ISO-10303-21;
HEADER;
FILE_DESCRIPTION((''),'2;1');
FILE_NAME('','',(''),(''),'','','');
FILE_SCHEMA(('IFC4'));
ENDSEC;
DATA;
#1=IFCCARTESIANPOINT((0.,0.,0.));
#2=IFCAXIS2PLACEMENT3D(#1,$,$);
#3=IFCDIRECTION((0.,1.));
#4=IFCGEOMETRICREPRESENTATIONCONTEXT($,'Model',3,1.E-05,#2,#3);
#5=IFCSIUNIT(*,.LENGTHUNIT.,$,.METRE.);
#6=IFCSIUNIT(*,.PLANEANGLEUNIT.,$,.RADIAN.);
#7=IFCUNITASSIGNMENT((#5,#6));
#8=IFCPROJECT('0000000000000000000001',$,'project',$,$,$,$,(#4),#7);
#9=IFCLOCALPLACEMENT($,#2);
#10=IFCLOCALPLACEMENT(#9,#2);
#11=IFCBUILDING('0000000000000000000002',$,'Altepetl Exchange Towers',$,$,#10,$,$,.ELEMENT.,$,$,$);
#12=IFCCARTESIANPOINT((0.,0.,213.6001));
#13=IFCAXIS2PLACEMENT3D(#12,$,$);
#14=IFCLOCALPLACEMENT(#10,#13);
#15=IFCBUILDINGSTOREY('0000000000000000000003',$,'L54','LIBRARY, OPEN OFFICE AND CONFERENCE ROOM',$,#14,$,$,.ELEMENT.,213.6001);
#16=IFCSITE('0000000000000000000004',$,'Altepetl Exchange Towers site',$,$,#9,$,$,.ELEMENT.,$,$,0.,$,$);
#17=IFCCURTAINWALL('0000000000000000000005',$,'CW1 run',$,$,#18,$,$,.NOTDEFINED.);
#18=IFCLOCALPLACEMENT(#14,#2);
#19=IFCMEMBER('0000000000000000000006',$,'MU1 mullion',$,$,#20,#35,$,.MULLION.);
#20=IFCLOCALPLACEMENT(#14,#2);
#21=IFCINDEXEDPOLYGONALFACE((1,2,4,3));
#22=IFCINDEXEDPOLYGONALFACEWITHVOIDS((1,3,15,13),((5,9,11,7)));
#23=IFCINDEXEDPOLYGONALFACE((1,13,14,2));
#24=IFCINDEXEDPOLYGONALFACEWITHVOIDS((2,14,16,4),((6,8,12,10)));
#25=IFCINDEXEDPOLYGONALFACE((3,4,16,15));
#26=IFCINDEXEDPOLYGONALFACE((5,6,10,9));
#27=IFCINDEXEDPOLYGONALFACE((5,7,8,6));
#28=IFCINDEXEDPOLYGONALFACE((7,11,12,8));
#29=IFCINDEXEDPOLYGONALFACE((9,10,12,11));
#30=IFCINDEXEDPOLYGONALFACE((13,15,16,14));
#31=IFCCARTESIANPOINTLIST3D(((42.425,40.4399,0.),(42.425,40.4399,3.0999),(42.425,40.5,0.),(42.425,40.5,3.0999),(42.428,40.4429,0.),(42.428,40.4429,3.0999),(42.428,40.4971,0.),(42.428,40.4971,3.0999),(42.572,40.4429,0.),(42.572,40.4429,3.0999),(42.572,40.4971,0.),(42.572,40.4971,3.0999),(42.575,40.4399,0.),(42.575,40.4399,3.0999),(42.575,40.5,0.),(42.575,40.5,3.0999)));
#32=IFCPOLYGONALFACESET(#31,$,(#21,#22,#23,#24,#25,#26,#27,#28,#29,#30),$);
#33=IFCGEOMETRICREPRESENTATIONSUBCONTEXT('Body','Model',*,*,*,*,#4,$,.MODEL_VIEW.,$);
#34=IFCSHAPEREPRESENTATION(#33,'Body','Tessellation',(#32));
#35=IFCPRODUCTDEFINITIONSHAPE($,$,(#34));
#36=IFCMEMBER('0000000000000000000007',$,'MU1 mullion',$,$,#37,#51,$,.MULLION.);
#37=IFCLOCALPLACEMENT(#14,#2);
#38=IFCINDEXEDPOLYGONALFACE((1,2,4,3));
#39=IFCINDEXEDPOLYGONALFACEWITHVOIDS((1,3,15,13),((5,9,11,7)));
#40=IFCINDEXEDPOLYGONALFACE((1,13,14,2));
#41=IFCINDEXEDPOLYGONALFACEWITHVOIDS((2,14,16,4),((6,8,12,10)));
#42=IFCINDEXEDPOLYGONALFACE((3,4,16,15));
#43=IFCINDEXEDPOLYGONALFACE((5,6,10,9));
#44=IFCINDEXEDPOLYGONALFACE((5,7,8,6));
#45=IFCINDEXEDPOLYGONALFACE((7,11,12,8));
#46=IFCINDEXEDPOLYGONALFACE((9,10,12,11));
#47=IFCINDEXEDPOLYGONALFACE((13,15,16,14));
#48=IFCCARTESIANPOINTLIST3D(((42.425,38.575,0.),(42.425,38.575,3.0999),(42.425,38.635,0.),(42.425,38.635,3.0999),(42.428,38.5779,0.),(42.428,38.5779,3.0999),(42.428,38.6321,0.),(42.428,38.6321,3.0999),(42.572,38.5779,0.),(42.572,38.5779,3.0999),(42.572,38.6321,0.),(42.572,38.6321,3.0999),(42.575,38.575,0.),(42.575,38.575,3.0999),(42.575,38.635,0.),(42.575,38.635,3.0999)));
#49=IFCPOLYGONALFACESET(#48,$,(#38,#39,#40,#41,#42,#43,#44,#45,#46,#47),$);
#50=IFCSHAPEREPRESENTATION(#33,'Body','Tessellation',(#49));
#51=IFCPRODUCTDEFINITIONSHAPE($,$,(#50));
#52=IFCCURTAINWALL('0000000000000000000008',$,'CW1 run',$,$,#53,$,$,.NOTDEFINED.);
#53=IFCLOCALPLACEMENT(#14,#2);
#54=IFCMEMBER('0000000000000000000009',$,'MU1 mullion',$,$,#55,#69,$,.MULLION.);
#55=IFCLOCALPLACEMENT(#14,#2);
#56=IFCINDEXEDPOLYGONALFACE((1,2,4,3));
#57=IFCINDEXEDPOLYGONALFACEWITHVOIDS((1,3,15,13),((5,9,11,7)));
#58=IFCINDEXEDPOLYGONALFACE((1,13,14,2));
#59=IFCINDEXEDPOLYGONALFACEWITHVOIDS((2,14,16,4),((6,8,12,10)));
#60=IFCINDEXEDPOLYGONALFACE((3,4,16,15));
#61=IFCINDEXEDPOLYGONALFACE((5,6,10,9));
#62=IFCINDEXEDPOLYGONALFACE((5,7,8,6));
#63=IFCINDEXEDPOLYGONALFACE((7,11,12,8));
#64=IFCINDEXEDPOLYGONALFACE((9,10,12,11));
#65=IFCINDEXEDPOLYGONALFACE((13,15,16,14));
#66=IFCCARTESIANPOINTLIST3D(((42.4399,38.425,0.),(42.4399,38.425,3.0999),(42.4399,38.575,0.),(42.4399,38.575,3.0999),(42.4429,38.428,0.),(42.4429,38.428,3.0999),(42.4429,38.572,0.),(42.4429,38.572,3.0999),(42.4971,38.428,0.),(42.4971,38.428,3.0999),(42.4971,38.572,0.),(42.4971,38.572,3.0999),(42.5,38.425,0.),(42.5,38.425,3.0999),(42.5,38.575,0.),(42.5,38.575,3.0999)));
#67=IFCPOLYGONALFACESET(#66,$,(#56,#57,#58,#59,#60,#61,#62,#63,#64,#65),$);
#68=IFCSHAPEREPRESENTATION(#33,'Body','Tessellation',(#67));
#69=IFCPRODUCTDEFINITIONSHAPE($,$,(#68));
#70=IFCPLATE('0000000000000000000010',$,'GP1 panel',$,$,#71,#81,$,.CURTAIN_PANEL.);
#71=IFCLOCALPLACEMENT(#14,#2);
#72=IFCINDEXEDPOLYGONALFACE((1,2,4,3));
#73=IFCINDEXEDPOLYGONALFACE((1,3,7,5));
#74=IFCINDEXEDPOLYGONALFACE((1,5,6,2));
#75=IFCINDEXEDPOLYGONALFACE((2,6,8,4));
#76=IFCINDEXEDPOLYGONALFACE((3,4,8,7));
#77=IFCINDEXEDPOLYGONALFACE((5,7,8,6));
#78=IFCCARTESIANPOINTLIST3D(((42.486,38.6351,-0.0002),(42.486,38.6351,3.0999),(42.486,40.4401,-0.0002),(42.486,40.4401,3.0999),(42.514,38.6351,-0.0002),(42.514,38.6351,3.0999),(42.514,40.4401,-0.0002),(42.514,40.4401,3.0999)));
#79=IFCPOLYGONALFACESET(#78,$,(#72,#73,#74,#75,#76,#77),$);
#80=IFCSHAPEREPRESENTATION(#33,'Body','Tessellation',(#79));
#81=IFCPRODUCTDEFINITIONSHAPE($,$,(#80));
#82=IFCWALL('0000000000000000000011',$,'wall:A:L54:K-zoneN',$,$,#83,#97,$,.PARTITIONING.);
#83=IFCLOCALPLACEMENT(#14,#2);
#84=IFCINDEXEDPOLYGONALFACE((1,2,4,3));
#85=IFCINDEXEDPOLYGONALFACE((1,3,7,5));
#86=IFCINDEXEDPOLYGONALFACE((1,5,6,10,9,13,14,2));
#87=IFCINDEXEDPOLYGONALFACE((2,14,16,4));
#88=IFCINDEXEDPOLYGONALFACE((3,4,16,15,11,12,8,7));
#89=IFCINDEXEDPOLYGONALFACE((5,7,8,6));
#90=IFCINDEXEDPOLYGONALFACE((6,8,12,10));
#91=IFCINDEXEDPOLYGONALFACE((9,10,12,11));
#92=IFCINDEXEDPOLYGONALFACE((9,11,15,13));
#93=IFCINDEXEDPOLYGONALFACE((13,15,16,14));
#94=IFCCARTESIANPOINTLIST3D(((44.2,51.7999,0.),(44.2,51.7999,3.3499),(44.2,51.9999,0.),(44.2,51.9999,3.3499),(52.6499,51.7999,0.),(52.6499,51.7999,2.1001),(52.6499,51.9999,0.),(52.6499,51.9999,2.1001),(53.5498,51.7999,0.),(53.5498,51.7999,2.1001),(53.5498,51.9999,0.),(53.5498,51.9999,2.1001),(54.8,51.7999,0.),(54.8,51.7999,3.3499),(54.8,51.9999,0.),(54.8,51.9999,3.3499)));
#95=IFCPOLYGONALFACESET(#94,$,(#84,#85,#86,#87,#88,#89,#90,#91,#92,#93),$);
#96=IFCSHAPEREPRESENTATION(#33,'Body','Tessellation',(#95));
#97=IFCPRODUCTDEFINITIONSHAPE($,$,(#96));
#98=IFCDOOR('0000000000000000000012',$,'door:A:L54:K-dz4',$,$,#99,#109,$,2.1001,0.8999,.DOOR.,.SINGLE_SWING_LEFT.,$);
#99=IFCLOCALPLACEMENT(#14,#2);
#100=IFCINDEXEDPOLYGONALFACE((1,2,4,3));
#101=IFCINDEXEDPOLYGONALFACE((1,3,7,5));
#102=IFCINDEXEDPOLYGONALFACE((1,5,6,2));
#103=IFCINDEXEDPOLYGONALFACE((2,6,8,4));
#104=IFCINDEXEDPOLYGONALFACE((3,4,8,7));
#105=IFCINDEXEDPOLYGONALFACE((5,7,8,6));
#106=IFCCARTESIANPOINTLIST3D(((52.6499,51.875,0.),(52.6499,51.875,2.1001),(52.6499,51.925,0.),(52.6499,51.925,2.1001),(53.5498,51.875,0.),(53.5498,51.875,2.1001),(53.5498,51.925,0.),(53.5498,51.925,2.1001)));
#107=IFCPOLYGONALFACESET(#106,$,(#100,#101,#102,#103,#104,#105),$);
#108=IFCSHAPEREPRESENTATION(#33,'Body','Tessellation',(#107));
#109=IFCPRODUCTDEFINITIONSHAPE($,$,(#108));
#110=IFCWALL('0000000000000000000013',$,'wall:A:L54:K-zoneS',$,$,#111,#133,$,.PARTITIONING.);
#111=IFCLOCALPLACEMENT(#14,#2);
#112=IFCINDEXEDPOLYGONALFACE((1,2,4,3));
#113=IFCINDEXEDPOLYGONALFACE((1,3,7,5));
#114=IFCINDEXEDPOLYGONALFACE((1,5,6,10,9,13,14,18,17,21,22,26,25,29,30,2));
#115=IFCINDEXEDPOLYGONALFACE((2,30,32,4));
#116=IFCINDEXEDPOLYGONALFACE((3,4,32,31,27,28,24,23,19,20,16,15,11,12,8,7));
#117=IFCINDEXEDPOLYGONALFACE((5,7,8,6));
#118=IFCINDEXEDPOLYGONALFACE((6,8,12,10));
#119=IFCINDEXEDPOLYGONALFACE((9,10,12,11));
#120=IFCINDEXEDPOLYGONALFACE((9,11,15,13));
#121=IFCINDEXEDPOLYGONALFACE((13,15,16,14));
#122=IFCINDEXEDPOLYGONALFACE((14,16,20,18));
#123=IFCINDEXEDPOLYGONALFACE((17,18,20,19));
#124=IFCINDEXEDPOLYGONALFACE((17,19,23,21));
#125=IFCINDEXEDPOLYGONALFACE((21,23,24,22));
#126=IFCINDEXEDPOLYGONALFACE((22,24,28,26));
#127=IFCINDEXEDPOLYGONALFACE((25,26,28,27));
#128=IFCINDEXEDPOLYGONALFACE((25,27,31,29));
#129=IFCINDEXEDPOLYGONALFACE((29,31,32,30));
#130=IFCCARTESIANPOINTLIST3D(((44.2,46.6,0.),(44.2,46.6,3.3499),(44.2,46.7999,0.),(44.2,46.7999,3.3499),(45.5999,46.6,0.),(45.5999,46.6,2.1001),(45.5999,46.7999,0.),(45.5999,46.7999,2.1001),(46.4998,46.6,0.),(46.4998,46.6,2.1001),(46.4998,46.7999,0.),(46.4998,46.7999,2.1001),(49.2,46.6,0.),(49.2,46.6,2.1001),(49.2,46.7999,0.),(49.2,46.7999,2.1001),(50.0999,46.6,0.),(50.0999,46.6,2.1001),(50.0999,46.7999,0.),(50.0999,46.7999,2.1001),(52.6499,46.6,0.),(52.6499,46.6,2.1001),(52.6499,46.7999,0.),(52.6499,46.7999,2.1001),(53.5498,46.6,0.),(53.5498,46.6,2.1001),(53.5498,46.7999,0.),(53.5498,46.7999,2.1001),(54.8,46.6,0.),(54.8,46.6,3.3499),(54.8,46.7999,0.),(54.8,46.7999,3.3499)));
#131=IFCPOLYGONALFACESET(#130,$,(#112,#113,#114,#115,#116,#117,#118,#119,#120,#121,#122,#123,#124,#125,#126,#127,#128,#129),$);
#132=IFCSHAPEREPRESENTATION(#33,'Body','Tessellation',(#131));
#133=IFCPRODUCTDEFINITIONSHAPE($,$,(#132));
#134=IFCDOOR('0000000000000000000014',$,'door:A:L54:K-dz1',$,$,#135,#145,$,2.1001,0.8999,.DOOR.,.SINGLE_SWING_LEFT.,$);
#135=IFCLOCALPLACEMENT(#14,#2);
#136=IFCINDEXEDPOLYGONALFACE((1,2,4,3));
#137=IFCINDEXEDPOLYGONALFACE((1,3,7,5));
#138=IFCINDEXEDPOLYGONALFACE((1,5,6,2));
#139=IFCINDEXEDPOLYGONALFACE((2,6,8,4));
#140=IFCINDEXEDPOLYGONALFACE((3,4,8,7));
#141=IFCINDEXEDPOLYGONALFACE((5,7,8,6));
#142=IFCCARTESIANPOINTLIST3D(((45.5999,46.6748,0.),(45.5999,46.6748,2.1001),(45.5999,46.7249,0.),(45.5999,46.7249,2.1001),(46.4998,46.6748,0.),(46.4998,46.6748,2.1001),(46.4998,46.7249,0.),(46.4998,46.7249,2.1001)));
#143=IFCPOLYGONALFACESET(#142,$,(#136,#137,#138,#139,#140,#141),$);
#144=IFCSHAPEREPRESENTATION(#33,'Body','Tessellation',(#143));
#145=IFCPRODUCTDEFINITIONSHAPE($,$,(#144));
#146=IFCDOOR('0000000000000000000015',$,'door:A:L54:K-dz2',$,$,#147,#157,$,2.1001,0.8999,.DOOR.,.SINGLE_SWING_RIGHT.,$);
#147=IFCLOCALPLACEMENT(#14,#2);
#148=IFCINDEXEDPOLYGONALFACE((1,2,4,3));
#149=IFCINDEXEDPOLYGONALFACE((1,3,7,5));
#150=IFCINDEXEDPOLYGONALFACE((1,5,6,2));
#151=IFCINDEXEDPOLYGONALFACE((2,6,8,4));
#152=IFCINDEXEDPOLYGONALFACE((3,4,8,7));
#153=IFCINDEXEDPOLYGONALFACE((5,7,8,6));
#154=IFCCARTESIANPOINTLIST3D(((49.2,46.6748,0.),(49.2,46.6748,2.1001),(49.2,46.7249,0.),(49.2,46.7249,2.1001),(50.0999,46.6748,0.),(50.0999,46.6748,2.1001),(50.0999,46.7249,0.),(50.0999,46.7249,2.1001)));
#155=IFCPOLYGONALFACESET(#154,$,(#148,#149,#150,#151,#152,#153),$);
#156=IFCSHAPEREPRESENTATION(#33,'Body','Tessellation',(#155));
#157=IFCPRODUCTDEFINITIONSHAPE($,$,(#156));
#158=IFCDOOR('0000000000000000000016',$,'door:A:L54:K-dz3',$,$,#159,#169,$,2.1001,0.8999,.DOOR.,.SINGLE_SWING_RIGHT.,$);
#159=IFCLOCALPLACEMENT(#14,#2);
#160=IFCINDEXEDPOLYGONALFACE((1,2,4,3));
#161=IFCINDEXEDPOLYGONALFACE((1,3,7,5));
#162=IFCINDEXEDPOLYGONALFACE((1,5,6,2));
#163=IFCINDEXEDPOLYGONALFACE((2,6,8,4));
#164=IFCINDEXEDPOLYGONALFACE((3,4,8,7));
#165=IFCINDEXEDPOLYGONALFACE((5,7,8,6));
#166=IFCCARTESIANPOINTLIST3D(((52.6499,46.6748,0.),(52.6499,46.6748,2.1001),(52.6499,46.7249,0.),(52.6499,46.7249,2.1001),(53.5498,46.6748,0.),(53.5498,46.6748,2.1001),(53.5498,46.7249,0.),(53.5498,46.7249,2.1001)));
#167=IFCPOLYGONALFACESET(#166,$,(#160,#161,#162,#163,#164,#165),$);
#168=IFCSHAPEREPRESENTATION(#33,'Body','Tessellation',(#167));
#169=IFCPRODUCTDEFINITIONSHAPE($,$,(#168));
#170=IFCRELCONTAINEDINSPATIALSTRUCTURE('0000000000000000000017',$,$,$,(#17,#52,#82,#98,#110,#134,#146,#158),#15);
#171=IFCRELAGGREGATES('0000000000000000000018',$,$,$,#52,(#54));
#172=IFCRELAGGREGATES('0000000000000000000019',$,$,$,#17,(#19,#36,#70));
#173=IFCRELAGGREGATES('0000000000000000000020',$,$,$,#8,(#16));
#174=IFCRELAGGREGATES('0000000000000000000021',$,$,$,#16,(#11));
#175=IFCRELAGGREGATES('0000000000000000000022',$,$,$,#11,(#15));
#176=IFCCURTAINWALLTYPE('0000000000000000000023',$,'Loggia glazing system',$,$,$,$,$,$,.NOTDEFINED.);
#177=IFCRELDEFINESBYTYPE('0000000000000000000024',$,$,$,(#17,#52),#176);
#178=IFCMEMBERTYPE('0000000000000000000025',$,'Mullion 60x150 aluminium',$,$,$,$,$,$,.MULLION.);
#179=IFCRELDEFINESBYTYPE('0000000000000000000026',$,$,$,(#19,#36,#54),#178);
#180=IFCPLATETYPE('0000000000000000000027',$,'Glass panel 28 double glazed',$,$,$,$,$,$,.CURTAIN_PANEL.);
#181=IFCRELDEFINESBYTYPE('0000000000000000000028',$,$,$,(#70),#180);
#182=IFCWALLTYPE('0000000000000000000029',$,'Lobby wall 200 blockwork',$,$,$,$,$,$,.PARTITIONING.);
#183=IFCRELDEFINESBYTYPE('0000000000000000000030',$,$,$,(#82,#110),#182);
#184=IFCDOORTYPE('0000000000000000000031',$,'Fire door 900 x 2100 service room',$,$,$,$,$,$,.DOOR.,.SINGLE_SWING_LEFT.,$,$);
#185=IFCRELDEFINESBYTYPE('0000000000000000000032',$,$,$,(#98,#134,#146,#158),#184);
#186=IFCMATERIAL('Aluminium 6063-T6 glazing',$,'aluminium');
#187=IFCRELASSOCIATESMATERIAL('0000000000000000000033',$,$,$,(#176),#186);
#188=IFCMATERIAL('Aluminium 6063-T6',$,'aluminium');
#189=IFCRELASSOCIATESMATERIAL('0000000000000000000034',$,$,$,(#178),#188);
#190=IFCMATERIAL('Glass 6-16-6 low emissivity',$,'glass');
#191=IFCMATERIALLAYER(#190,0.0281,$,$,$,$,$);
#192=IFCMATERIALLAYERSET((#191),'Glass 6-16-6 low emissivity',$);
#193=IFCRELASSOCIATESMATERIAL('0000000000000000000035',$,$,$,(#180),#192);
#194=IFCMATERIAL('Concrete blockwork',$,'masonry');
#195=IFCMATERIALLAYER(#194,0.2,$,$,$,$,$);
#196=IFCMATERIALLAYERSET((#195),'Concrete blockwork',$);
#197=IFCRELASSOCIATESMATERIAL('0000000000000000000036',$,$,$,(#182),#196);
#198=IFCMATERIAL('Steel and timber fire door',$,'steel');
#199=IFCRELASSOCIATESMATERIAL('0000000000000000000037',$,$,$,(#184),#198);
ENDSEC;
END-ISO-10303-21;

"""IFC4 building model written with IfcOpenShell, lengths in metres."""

from ifc_helpers import new_model, si_unit, direction, frame, frame_2d, origin, origin_2d, place, context, subcontext, project, spatial, rectangle, hollow_rectangle, extrude, material, layer, layer_set, material_profile, profile_set, type_object, element, fill, aggregate, save


model = new_model("IFC4")

# Units and contexts
model_context = context("Model", 3, precision=1e-05, world=origin(), true_north=direction((0.0, 1.0)))
body_context = subcontext(model_context, "Body", "Model", "MODEL_VIEW")
ifc_project = project(units=[si_unit("LENGTHUNIT", "METRE"), si_unit("PLANEANGLEUNIT", "RADIAN")], contexts=[model_context])

# Site, building, storey
site_placement = place(None, origin())
site = spatial("IfcSite", under=ifc_project, at=site_placement, Name="Altepetl Exchange Towers site", CompositionType="ELEMENT", RefElevation=0.0)
building_placement = place(site_placement, origin())
building = spatial("IfcBuilding", under=site, at=building_placement, Name="Altepetl Exchange Towers", CompositionType="ELEMENT")
storey_placement = place(building_placement, frame((0.0, 0.0, 213.6001)))
storey = spatial("IfcBuildingStorey", under=building, at=storey_placement, Name="L54", Description="LIBRARY, OPEN OFFICE AND CONFERENCE ROOM", CompositionType="ELEMENT", Elevation=213.6001)

# Curtain wall, members
ifc_material_1 = material(Name="Aluminium 6063-T6 glazing", Category="aluminium")
curtain_wall_type = type_object("IfcCurtainWallType", Name="Loggia glazing system", PredefinedType="NOTDEFINED", material=ifc_material_1)
curtain_wall_1_placement = place(storey_placement, origin())
curtain_wall_1 = element("IfcCurtainWall", 1, at=curtain_wall_1_placement, inside=storey, type_object=curtain_wall_type, Name="CW1 run", PredefinedType="NOTDEFINED")
ifc_material_2 = material(Name="Aluminium 6063-T6", Category="aluminium")
ifc_material_profile = material_profile(ifc_material_2, hollow_rectangle(XDim=0.0601, YDim=0.1499, WallThickness=0.0029, at=origin_2d()), Name="Mullion 60x150 aluminium")
ifc_profile_set = profile_set([ifc_material_profile], Name="Aluminium 6063-T6")
member_type = type_object("IfcMemberType", Name="Mullion 60x150 aluminium", PredefinedType="MULLION", material=ifc_profile_set)
member_1_placement = place(storey_placement, frame((42.5, 40.47, 0.0), z_axis=(0.0, 0.0, 1.0), x_axis=(0.0, -1.0, 0.0)))
member_1 = element("IfcMember", 2, at=member_1_placement, type_object=member_type, Name="MU1 mullion", PredefinedType="MULLION", context=body_context, shape_type="SweptSolid", body=[
    extrude(hollow_rectangle(XDim=0.0601, YDim=0.1499, WallThickness=0.0029, at=origin_2d()), origin(), (0.0, 0.0, 1.0), 3.0999),
])
member_2_placement = place(storey_placement, frame((42.5, 38.605, 0.0), z_axis=(0.0, 0.0, 1.0), x_axis=(0.0, -1.0, 0.0)))
member_2 = element("IfcMember", 3, at=member_2_placement, type_object=member_type, Name="MU1 mullion", PredefinedType="MULLION", context=body_context, shape_type="SweptSolid", body=[
    extrude(hollow_rectangle(XDim=0.0601, YDim=0.1499, WallThickness=0.0029, at=origin_2d()), origin(), (0.0, 0.0, 1.0), 3.0999),
])

# Curtain wall, member
curtain_wall_2_placement = place(storey_placement, origin())
curtain_wall_2 = element("IfcCurtainWall", 4, at=curtain_wall_2_placement, inside=storey, type_object=curtain_wall_type, Name="CW1 run", PredefinedType="NOTDEFINED")
member_3_placement = place(storey_placement, frame((42.47, 38.5, 0.0), z_axis=(0.0, 0.0, 1.0), x_axis=(-1.0, 0.0, 0.0)))
member_3 = element("IfcMember", 5, at=member_3_placement, type_object=member_type, Name="MU1 mullion", PredefinedType="MULLION", context=body_context, shape_type="SweptSolid", body=[
    extrude(hollow_rectangle(XDim=0.0601, YDim=0.1499, WallThickness=0.0029, at=origin_2d()), origin(), (0.0, 0.0, 1.0), 3.0999),
])
aggregate(curtain_wall_2, [member_3])

# Plate
ifc_material_3 = material(Name="Glass 6-16-6 low emissivity", Category="glass")
ifc_layer_1 = layer(ifc_material_3, 0.0281)
ifc_layer_set_1 = layer_set([ifc_layer_1], Name="Glass 6-16-6 low emissivity")
plate_type = type_object("IfcPlateType", Name="Glass panel 28 double glazed", PredefinedType="CURTAIN_PANEL", material=ifc_layer_set_1)
plate_placement = place(storey_placement, frame((42.5, 39.5376, -0.0002), z_axis=(0.0, 0.0, 1.0), x_axis=(0.0, -1.0, 0.0)))
plate = element("IfcPlate", 6, at=plate_placement, type_object=plate_type, Name="GP1 panel", PredefinedType="CURTAIN_PANEL", context=body_context, shape_type="SweptSolid", body=[
    extrude(rectangle(XDim=1.8049, YDim=0.0281, at=origin_2d()), origin(), (0.0, 0.0, 1.0), 3.1001),
])
aggregate(curtain_wall_1, [member_1, member_2, plate])

# Wall, opening, door
ifc_material_4 = material(Name="Concrete blockwork", Category="masonry")
ifc_layer_2 = layer(ifc_material_4, 0.2)
ifc_layer_set_2 = layer_set([ifc_layer_2], Name="Concrete blockwork")
wall_type_1 = type_object("IfcWallType", Name="Lobby wall 200 blockwork", PredefinedType="PARTITIONING", material=ifc_layer_set_2)
wall_1_placement = place(storey_placement, frame((44.2, 51.8999, 0.0)))
wall_1 = element("IfcWall", 7, at=wall_1_placement, inside=storey, type_object=wall_type_1, Name="wall:A:L54:K-zoneN", PredefinedType="PARTITIONING", context=body_context, shape_type="SweptSolid", body=[
    extrude(rectangle(XDim=10.6001, YDim=0.2, at=frame_2d((5.3, 0.0))), origin(), (0.0, 0.0, 1.0), 3.3499),
])
opening_1_placement = place(wall_1_placement, frame((8.45, 0.0, 0.0)))
opening_1 = element("IfcOpeningElement", 8, at=opening_1_placement, cuts=wall_1, PredefinedType="OPENING", context=body_context, shape_type="SweptSolid", body=[
    extrude(rectangle(XDim=0.8999, YDim=2.1001, at=frame_2d((0.45, 1.05))), frame((0.0, 0.1099, 0.0), z_axis=(0.0, -1.0, 0.0), x_axis=(1.0, 0.0, 0.0)), (0.0, 0.0, 1.0), 0.22),
])
ifc_material_5 = material(Name="Steel and timber fire door", Category="steel")
door_type = type_object("IfcDoorType", Name="Fire door 900 x 2100 service room", OperationType="SINGLE_SWING_LEFT", PredefinedType="DOOR", material=ifc_material_5)
door_1_placement = place(opening_1_placement, frame((0.8999, 0.0, 0.0), x_axis=(-1.0, 0.0, 0.0)))
door_1 = element("IfcDoor", 9, at=door_1_placement, inside=storey, type_object=door_type, Name="door:A:L54:K-dz4", OperationType="SINGLE_SWING_LEFT", OverallHeight=2.1001, OverallWidth=0.8999, PredefinedType="DOOR", context=body_context, shape_type="SweptSolid", body=[
    extrude(rectangle(XDim=0.8999, YDim=2.1001, at=frame_2d((0.45, 1.05))), frame((0.0, 0.0249, 0.0), z_axis=(0.0, -1.0, 0.0), x_axis=(1.0, 0.0, 0.0)), (0.0, 0.0, 1.0), 0.05),
])
fill(opening_1, door_1)

# Wall, openings, doors
wall_2_placement = place(storey_placement, frame((44.2, 46.7, 0.0)))
wall_2 = element("IfcWall", 10, at=wall_2_placement, inside=storey, type_object=wall_type_1, Name="wall:A:L54:K-zoneS", PredefinedType="PARTITIONING", context=body_context, shape_type="SweptSolid", body=[
    extrude(rectangle(XDim=10.6001, YDim=0.2, at=frame_2d((5.3, 0.0))), origin(), (0.0, 0.0, 1.0), 3.3499),
])
opening_2_placement = place(wall_2_placement, frame((1.3999, 0.0, 0.0)))
opening_2 = element("IfcOpeningElement", 11, at=opening_2_placement, cuts=wall_2, PredefinedType="OPENING", context=body_context, shape_type="SweptSolid", body=[
    extrude(rectangle(XDim=0.8999, YDim=2.1001, at=frame_2d((0.45, 1.05))), frame((0.0, 0.1099, 0.0), z_axis=(0.0, -1.0, 0.0), x_axis=(1.0, 0.0, 0.0)), (0.0, 0.0, 1.0), 0.22),
])
opening_3_placement = place(wall_2_placement, frame((5.0, 0.0, 0.0)))
opening_3 = element("IfcOpeningElement", 12, at=opening_3_placement, cuts=wall_2, PredefinedType="OPENING", context=body_context, shape_type="SweptSolid", body=[
    extrude(rectangle(XDim=0.8999, YDim=2.1001, at=frame_2d((0.45, 1.05))), frame((0.0, 0.1099, 0.0), z_axis=(0.0, -1.0, 0.0), x_axis=(1.0, 0.0, 0.0)), (0.0, 0.0, 1.0), 0.22),
])
opening_4_placement = place(wall_2_placement, frame((8.45, 0.0, 0.0)))
opening_4 = element("IfcOpeningElement", 13, at=opening_4_placement, cuts=wall_2, PredefinedType="OPENING", context=body_context, shape_type="SweptSolid", body=[
    extrude(rectangle(XDim=0.8999, YDim=2.1001, at=frame_2d((0.45, 1.05))), frame((0.0, 0.1099, 0.0), z_axis=(0.0, -1.0, 0.0), x_axis=(1.0, 0.0, 0.0)), (0.0, 0.0, 1.0), 0.22),
])
door_2_placement = place(opening_2_placement, origin())
door_2 = element("IfcDoor", 14, at=door_2_placement, inside=storey, type_object=door_type, Name="door:A:L54:K-dz1", OperationType="SINGLE_SWING_LEFT", OverallHeight=2.1001, OverallWidth=0.8999, PredefinedType="DOOR", context=body_context, shape_type="SweptSolid", body=[
    extrude(rectangle(XDim=0.8999, YDim=2.1001, at=frame_2d((0.45, 1.05))), frame((0.0, 0.0249, 0.0), z_axis=(0.0, -1.0, 0.0), x_axis=(1.0, 0.0, 0.0)), (0.0, 0.0, 1.0), 0.05),
])
fill(opening_2, door_2)
door_3_placement = place(opening_3_placement, origin())
door_3 = element("IfcDoor", 15, at=door_3_placement, inside=storey, type_object=door_type, Name="door:A:L54:K-dz2", OperationType="SINGLE_SWING_RIGHT", OverallHeight=2.1001, OverallWidth=0.8999, PredefinedType="DOOR", context=body_context, shape_type="SweptSolid", body=[
    extrude(rectangle(XDim=0.8999, YDim=2.1001, at=frame_2d((0.45, 1.05))), frame((0.0, 0.0249, 0.0), z_axis=(0.0, -1.0, 0.0), x_axis=(1.0, 0.0, 0.0)), (0.0, 0.0, 1.0), 0.05),
])
fill(opening_3, door_3)
door_4_placement = place(opening_4_placement, origin())
door_4 = element("IfcDoor", 16, at=door_4_placement, inside=storey, type_object=door_type, Name="door:A:L54:K-dz3", OperationType="SINGLE_SWING_RIGHT", OverallHeight=2.1001, OverallWidth=0.8999, PredefinedType="DOOR", context=body_context, shape_type="SweptSolid", body=[
    extrude(rectangle(XDim=0.8999, YDim=2.1001, at=frame_2d((0.45, 1.05))), frame((0.0, 0.0249, 0.0), z_axis=(0.0, -1.0, 0.0), x_axis=(1.0, 0.0, 0.0)), (0.0, 0.0, 1.0), 0.05),
])
fill(opening_4, door_4)

save(model, "model.ifc")
